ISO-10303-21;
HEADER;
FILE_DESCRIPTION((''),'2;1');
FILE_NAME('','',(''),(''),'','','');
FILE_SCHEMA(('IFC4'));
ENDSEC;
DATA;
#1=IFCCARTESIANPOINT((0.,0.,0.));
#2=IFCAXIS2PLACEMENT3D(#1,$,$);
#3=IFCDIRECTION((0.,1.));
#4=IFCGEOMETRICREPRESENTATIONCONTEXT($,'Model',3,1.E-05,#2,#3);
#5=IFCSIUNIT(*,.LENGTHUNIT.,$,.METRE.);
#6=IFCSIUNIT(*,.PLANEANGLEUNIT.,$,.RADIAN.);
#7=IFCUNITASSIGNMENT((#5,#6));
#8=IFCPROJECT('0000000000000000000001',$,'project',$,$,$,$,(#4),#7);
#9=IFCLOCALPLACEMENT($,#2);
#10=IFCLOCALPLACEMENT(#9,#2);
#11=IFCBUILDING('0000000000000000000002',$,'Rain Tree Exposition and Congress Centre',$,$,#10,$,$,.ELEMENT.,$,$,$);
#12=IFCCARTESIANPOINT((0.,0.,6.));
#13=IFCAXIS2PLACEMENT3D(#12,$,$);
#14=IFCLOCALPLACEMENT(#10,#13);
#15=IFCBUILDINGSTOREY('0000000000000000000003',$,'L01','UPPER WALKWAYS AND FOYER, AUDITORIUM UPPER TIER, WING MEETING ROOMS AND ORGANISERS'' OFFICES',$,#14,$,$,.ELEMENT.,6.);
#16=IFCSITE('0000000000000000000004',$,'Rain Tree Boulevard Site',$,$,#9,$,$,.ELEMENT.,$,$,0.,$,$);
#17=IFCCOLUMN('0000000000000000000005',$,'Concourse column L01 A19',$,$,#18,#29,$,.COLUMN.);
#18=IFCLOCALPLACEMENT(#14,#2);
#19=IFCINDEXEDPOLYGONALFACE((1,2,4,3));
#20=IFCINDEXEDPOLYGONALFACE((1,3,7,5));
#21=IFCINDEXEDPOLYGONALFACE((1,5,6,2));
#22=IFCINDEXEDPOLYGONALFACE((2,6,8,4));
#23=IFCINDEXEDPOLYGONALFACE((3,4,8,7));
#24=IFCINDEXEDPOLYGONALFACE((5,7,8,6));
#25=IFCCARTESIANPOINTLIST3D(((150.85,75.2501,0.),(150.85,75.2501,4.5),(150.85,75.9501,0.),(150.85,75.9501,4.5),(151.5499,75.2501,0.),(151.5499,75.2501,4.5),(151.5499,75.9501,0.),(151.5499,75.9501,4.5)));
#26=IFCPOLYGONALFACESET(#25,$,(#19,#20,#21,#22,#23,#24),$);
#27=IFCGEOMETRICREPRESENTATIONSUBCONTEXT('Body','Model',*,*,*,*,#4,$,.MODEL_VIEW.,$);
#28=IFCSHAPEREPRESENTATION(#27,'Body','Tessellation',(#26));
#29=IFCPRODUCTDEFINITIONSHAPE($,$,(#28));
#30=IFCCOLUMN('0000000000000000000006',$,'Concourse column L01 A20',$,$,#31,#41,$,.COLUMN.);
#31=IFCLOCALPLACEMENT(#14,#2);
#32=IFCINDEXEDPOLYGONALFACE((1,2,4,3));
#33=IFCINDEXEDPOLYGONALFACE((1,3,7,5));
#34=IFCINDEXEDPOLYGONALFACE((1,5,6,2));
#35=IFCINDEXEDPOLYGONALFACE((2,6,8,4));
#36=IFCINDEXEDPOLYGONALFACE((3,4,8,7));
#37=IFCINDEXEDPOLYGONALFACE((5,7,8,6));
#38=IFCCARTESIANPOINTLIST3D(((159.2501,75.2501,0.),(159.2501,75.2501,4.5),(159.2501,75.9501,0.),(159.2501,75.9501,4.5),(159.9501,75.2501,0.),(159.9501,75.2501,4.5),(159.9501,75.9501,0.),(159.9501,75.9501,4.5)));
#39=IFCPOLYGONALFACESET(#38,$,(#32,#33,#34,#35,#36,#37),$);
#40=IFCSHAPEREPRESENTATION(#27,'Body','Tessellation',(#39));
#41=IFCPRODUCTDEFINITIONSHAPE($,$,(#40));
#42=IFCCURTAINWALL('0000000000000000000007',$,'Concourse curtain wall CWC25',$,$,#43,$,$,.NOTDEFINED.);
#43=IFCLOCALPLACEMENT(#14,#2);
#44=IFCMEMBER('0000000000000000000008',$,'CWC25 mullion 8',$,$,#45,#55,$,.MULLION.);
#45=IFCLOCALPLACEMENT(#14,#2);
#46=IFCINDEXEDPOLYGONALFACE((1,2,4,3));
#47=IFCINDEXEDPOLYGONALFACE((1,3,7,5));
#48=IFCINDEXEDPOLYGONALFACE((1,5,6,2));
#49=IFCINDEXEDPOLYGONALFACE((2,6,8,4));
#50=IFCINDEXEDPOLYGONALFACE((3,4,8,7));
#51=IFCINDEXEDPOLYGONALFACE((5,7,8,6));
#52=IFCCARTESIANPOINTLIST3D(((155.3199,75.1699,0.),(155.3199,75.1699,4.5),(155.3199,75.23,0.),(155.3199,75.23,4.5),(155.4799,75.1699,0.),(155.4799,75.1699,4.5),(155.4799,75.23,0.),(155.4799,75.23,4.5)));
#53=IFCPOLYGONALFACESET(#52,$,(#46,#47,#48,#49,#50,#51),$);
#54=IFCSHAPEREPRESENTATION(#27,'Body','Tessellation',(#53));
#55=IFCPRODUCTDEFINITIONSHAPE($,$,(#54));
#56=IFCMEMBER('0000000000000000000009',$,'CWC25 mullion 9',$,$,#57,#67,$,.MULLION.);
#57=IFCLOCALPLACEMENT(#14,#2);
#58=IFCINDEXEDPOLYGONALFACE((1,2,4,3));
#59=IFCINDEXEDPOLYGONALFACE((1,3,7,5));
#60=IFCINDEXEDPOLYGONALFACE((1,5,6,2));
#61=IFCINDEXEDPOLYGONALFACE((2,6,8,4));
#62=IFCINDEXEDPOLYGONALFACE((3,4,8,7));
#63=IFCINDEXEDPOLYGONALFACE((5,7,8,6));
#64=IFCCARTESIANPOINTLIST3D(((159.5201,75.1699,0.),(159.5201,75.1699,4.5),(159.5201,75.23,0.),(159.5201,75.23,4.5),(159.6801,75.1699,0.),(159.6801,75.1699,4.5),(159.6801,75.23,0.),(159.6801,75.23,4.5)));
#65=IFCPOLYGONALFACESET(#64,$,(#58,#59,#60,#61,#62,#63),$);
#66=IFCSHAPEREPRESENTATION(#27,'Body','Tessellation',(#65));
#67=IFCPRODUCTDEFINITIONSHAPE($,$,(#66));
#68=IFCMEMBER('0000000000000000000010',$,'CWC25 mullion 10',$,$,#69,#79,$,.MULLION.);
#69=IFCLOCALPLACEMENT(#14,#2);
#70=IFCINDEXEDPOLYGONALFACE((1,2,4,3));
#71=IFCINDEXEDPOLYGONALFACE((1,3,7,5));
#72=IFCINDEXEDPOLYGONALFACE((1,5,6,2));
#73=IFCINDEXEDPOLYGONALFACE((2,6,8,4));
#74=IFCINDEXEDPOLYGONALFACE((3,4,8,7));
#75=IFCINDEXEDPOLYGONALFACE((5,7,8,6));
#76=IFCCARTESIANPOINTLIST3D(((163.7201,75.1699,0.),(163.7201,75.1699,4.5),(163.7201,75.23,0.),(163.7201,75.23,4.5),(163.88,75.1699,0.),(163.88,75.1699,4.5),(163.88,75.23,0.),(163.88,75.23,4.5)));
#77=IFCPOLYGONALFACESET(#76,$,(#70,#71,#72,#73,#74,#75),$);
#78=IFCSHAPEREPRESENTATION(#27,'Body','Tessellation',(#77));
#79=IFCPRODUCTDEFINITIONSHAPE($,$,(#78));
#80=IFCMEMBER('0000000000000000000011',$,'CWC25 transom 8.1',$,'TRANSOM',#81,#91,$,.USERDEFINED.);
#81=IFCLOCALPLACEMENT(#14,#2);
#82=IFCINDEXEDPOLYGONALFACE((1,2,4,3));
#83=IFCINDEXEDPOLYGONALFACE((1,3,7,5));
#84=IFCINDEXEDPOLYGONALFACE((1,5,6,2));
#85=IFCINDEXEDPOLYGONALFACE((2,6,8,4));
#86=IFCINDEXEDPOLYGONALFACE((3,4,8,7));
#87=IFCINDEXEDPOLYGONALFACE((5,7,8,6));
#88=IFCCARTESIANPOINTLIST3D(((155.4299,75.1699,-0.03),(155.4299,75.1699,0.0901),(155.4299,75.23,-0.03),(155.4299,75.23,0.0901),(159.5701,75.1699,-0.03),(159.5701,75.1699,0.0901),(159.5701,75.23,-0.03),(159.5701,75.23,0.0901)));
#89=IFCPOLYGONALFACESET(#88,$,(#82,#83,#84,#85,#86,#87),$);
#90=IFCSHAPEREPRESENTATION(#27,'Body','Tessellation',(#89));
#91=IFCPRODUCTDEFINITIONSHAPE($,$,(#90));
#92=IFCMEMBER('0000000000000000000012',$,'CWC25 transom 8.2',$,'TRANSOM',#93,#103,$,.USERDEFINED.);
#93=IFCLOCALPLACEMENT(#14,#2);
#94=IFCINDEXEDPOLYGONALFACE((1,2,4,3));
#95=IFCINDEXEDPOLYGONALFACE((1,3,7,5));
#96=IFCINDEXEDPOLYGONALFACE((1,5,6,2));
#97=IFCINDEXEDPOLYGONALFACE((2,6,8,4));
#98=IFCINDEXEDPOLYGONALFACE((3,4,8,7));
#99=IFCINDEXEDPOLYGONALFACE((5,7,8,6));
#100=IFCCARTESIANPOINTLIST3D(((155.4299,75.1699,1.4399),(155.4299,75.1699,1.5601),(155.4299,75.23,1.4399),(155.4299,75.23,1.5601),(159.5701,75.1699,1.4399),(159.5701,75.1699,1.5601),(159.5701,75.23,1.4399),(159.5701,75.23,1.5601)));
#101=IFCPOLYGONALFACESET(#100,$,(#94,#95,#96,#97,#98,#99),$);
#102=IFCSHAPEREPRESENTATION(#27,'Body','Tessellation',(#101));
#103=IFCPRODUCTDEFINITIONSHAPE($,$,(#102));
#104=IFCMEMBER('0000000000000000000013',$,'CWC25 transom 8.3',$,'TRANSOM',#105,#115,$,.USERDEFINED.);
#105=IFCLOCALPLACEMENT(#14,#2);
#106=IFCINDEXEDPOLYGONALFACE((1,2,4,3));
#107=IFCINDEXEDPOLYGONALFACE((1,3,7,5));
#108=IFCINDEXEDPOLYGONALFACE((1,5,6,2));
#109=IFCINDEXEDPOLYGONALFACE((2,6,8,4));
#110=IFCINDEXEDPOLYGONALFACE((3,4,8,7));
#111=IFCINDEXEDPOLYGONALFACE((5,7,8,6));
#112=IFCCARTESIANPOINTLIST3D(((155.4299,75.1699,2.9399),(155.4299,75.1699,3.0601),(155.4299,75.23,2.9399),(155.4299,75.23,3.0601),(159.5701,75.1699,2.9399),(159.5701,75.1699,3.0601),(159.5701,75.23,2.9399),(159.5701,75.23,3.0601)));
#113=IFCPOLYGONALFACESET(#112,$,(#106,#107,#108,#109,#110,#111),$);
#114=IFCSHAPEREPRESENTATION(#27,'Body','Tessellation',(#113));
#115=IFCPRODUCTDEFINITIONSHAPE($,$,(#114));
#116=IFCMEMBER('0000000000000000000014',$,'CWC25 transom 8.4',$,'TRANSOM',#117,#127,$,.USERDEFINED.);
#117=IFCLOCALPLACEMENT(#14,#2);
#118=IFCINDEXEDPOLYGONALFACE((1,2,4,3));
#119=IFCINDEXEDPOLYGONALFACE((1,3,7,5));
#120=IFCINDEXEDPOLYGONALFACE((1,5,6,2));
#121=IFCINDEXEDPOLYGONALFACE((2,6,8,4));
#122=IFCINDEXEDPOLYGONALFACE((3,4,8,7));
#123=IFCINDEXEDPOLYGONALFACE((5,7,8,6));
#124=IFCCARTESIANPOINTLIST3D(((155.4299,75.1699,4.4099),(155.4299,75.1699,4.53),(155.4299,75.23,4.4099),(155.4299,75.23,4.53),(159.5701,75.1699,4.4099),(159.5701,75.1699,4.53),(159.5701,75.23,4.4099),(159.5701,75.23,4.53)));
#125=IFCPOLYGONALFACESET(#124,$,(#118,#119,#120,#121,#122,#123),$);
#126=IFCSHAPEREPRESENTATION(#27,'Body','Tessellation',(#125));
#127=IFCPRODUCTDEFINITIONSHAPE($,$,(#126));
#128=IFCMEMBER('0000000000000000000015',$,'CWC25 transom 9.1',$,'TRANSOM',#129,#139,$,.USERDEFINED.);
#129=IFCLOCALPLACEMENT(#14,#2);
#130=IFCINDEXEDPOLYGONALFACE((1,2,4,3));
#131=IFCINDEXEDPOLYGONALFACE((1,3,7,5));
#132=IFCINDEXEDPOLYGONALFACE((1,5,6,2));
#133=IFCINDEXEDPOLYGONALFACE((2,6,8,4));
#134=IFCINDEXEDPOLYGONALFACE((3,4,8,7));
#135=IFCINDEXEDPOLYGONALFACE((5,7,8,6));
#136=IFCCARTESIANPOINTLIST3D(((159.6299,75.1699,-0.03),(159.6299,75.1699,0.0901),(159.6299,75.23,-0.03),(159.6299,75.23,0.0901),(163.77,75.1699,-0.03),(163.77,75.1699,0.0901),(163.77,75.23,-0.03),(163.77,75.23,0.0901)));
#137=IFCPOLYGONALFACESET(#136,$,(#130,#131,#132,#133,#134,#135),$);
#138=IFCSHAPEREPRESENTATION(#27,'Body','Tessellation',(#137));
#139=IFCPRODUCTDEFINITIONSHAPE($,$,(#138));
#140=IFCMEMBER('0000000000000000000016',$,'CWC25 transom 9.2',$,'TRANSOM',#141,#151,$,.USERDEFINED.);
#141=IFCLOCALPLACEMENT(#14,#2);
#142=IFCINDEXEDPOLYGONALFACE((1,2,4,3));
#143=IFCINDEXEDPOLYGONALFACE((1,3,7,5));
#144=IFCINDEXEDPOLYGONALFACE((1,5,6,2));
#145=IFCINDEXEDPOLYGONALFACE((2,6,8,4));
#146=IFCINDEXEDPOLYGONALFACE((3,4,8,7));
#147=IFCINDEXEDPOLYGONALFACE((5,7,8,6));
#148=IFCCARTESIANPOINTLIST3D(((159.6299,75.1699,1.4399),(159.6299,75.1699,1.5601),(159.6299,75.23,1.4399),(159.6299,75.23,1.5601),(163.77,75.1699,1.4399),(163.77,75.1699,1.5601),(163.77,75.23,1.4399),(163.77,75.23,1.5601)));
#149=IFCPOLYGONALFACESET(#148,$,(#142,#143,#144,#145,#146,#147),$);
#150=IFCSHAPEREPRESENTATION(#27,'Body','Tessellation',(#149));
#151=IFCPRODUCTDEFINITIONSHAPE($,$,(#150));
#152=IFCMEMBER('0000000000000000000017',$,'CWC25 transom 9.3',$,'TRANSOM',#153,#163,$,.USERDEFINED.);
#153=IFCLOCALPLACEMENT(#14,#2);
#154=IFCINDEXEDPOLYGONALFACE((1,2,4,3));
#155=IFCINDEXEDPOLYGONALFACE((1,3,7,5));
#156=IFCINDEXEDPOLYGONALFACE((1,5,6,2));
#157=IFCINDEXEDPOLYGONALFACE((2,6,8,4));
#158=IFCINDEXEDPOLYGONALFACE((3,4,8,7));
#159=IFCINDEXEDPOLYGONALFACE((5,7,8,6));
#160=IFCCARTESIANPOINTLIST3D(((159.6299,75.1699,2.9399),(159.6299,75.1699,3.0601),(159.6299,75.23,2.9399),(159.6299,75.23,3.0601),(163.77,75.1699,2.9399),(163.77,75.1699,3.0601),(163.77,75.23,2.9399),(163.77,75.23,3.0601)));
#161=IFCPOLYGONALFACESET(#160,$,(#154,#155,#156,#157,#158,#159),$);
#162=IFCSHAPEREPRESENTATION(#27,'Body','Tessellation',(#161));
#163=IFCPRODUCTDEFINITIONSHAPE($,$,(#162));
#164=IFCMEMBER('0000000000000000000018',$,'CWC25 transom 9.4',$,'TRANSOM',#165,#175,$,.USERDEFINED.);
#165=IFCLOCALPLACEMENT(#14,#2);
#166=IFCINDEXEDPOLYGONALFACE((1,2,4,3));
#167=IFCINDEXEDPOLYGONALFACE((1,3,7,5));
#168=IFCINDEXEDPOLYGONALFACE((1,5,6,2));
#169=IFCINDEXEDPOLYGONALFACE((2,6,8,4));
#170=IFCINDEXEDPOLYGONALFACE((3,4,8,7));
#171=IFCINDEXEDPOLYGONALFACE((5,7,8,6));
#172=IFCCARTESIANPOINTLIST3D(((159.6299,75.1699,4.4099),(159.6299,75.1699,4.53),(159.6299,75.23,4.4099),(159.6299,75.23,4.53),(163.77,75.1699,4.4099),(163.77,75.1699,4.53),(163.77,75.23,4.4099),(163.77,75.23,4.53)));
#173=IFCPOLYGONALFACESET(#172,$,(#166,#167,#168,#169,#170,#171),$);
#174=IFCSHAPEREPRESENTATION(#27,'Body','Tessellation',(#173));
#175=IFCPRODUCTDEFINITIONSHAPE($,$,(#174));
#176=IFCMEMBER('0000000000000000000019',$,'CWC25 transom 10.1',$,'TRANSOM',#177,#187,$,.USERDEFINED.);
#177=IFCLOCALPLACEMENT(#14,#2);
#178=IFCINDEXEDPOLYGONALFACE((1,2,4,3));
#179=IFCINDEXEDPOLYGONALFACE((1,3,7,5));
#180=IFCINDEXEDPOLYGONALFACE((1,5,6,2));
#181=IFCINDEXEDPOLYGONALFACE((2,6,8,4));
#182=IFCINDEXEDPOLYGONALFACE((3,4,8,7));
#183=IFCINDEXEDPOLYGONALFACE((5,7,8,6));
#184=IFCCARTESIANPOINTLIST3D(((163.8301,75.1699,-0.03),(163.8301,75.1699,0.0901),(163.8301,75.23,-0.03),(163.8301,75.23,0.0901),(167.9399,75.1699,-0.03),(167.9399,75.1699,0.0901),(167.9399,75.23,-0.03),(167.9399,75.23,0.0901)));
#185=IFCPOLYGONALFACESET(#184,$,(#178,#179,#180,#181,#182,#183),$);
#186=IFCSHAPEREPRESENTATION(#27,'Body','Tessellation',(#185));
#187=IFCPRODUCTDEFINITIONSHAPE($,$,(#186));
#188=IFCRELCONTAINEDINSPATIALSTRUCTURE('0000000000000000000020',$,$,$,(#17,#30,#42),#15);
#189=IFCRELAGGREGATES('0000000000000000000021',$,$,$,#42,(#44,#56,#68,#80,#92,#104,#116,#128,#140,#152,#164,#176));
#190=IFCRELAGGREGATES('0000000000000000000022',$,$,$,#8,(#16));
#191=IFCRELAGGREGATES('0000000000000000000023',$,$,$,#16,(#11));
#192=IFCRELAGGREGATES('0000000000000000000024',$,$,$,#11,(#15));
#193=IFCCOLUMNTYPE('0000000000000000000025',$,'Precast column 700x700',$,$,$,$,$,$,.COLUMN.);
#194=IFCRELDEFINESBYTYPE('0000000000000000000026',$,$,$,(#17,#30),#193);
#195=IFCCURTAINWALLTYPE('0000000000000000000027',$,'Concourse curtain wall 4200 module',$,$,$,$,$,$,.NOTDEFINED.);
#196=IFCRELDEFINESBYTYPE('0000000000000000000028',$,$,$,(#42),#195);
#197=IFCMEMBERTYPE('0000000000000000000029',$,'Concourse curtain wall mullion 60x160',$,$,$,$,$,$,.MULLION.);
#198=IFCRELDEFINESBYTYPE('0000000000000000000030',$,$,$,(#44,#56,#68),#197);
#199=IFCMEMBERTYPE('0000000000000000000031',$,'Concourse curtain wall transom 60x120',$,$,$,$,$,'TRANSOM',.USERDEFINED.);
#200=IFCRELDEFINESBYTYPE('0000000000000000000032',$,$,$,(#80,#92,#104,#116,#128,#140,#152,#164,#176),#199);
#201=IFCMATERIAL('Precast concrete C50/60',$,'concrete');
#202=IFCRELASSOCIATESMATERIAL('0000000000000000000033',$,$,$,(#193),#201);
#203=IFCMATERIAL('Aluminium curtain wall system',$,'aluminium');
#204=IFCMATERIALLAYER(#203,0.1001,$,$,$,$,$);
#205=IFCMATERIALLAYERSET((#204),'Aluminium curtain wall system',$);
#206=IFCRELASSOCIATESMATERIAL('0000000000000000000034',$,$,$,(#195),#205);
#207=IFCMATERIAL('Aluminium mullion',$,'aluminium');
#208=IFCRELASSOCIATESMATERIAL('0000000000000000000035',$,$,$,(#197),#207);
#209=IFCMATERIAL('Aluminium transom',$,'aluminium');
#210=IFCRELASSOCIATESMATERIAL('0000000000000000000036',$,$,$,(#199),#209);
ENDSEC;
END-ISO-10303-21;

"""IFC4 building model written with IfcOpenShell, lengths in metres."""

from ifc_helpers import new_model, si_unit, direction, frame, origin, origin_2d, place, context, subcontext, project, spatial, rectangle, extrude, material, layer, layer_set, material_profile, profile_set, type_object, element, aggregate, save


model = new_model("IFC4")

# Units and contexts
model_context = context("Model", 3, precision=1e-05, world=origin(), true_north=direction((0.0, 1.0)))
body_context = subcontext(model_context, "Body", "Model", "MODEL_VIEW")
ifc_project = project(units=[si_unit("LENGTHUNIT", "METRE"), si_unit("PLANEANGLEUNIT", "RADIAN")], contexts=[model_context])

# Site, building, storey
site_placement = place(None, origin())
site = spatial("IfcSite", under=ifc_project, at=site_placement, Name="Rain Tree Boulevard Site", CompositionType="ELEMENT", RefElevation=0.0)
building_placement = place(site_placement, origin())
building = spatial("IfcBuilding", under=site, at=building_placement, Name="Rain Tree Exposition and Congress Centre", CompositionType="ELEMENT")
storey_placement = place(building_placement, frame((0.0, 0.0, 6.0)))
storey = spatial("IfcBuildingStorey", under=building, at=storey_placement, Name="L01", Description="UPPER WALKWAYS AND FOYER, AUDITORIUM UPPER TIER, WING MEETING ROOMS AND ORGANISERS' OFFICES", CompositionType="ELEMENT", Elevation=6.0)

# Columns
ifc_material_1 = material(Name="Precast concrete C50/60", Category="concrete")
ifc_material_profile_1 = material_profile(ifc_material_1, rectangle(XDim=0.7, YDim=0.7, at=origin_2d()), Name="RC 700x700")
ifc_profile_set_1 = profile_set([ifc_material_profile_1], Name="Precast concrete C50/60")
column_type = type_object("IfcColumnType", Name="Precast column 700x700", PredefinedType="COLUMN", material=ifc_profile_set_1)
for number, where, z_axis, x_axis, name in (
    (1, (151.2, 75.6001, 0.0), (0.0, 0.0, 1.0), (1.0, 0.0, 0.0), "Concourse column L01 A19"),
    (2, (159.6001, 75.6001, 0.0), (0.0, 0.0, 1.0), (1.0, 0.0, 0.0), "Concourse column L01 A20"),
):
    element("IfcColumn", number, at=place(storey_placement, frame(where, z_axis=z_axis, x_axis=x_axis)), inside=storey, type_object=column_type, Name=name, PredefinedType="COLUMN", context=body_context, shape_type="SweptSolid", body=[
        extrude(rectangle(XDim=0.7, YDim=0.7, at=origin_2d()), origin(), (0.0, 0.0, 1.0), 4.5),
    ])

# Curtain wall, members
ifc_material_2 = material(Name="Aluminium curtain wall system", Category="aluminium")
ifc_layer_1 = layer(ifc_material_2, 0.1001)
ifc_layer_set_1 = layer_set([ifc_layer_1], Name="Aluminium curtain wall system")
curtain_wall_type = type_object("IfcCurtainWallType", Name="Concourse curtain wall 4200 module", PredefinedType="NOTDEFINED", material=ifc_layer_set_1)
curtain_wall_placement = place(storey_placement, origin())
curtain_wall = element("IfcCurtainWall", 3, at=curtain_wall_placement, inside=storey, type_object=curtain_wall_type, Name="Concourse curtain wall CWC25", PredefinedType="NOTDEFINED")
ifc_material_3 = material(Name="Aluminium mullion", Category="aluminium")
ifc_material_profile_2 = material_profile(ifc_material_3, rectangle(XDim=0.0601, YDim=0.1599, at=origin_2d()), Name="AL 60x160")
ifc_profile_set_2 = profile_set([ifc_material_profile_2], Name="Aluminium mullion")
member_type_1 = type_object("IfcMemberType", Name="Concourse curtain wall mullion 60x160", PredefinedType="MULLION", material=ifc_profile_set_2)
member_1_placement = place(storey_placement, frame((155.3999, 75.2, 0.0), z_axis=(0.0, 0.0, 1.0), x_axis=(0.0, 1.0, 0.0)))
member_1 = element("IfcMember", 4, at=member_1_placement, type_object=member_type_1, Name="CWC25 mullion 8", PredefinedType="MULLION", context=body_context, shape_type="SweptSolid", body=[
    extrude(rectangle(XDim=0.0601, YDim=0.1599, at=origin_2d()), origin(), (0.0, 0.0, 1.0), 4.5),
])
member_2_placement = place(storey_placement, frame((159.6001, 75.2, 0.0), z_axis=(0.0, 0.0, 1.0), x_axis=(0.0, 1.0, 0.0)))
member_2 = element("IfcMember", 5, at=member_2_placement, type_object=member_type_1, Name="CWC25 mullion 9", PredefinedType="MULLION", context=body_context, shape_type="SweptSolid", body=[
    extrude(rectangle(XDim=0.0601, YDim=0.1599, at=origin_2d()), origin(), (0.0, 0.0, 1.0), 4.5),
])
member_3_placement = place(storey_placement, frame((163.8, 75.2, 0.0), z_axis=(0.0, 0.0, 1.0), x_axis=(0.0, 1.0, 0.0)))
member_3 = element("IfcMember", 6, at=member_3_placement, type_object=member_type_1, Name="CWC25 mullion 10", PredefinedType="MULLION", context=body_context, shape_type="SweptSolid", body=[
    extrude(rectangle(XDim=0.0601, YDim=0.1599, at=origin_2d()), origin(), (0.0, 0.0, 1.0), 4.5),
])
ifc_material_4 = material(Name="Aluminium transom", Category="aluminium")
ifc_material_profile_3 = material_profile(ifc_material_4, rectangle(XDim=0.0601, YDim=0.1201, at=origin_2d()), Name="AL 60x120")
ifc_profile_set_3 = profile_set([ifc_material_profile_3], Name="Aluminium transom")
member_type_2 = type_object("IfcMemberType", Name="Concourse curtain wall transom 60x120", ElementType="TRANSOM", PredefinedType="USERDEFINED", material=ifc_profile_set_3)
member_4_placement = place(storey_placement, frame((155.4299, 75.2, 0.03), z_axis=(1.0, 0.0, 0.0), x_axis=(0.0, 1.0, 0.0)))
member_4 = element("IfcMember", 7, at=member_4_placement, type_object=member_type_2, Name="CWC25 transom 8.1", ObjectType="TRANSOM", PredefinedType="USERDEFINED", context=body_context, shape_type="SweptSolid", body=[
    extrude(rectangle(XDim=0.0601, YDim=0.1201, at=origin_2d()), origin(), (0.0, 0.0, 1.0), 4.1401),
])
member_5_placement = place(storey_placement, frame((155.4299, 75.2, 1.5), z_axis=(1.0, 0.0, 0.0), x_axis=(0.0, 1.0, 0.0)))
member_5 = element("IfcMember", 8, at=member_5_placement, type_object=member_type_2, Name="CWC25 transom 8.2", ObjectType="TRANSOM", PredefinedType="USERDEFINED", context=body_context, shape_type="SweptSolid", body=[
    extrude(rectangle(XDim=0.0601, YDim=0.1201, at=origin_2d()), origin(), (0.0, 0.0, 1.0), 4.1401),
])
member_6_placement = place(storey_placement, frame((155.4299, 75.2, 3.0), z_axis=(1.0, 0.0, 0.0), x_axis=(0.0, 1.0, 0.0)))
member_6 = element("IfcMember", 9, at=member_6_placement, type_object=member_type_2, Name="CWC25 transom 8.3", ObjectType="TRANSOM", PredefinedType="USERDEFINED", context=body_context, shape_type="SweptSolid", body=[
    extrude(rectangle(XDim=0.0601, YDim=0.1201, at=origin_2d()), origin(), (0.0, 0.0, 1.0), 4.1401),
])
member_7_placement = place(storey_placement, frame((155.4299, 75.2, 4.47), z_axis=(1.0, 0.0, 0.0), x_axis=(0.0, 1.0, 0.0)))
member_7 = element("IfcMember", 10, at=member_7_placement, type_object=member_type_2, Name="CWC25 transom 8.4", ObjectType="TRANSOM", PredefinedType="USERDEFINED", context=body_context, shape_type="SweptSolid", body=[
    extrude(rectangle(XDim=0.0601, YDim=0.1201, at=origin_2d()), origin(), (0.0, 0.0, 1.0), 4.1401),
])
member_8_placement = place(storey_placement, frame((159.6299, 75.2, 0.03), z_axis=(1.0, 0.0, 0.0), x_axis=(0.0, 1.0, 0.0)))
member_8 = element("IfcMember", 11, at=member_8_placement, type_object=member_type_2, Name="CWC25 transom 9.1", ObjectType="TRANSOM", PredefinedType="USERDEFINED", context=body_context, shape_type="SweptSolid", body=[
    extrude(rectangle(XDim=0.0601, YDim=0.1201, at=origin_2d()), origin(), (0.0, 0.0, 1.0), 4.1401),
])
member_9_placement = place(storey_placement, frame((159.6299, 75.2, 1.5), z_axis=(1.0, 0.0, 0.0), x_axis=(0.0, 1.0, 0.0)))
member_9 = element("IfcMember", 12, at=member_9_placement, type_object=member_type_2, Name="CWC25 transom 9.2", ObjectType="TRANSOM", PredefinedType="USERDEFINED", context=body_context, shape_type="SweptSolid", body=[
    extrude(rectangle(XDim=0.0601, YDim=0.1201, at=origin_2d()), origin(), (0.0, 0.0, 1.0), 4.1401),
])
member_10_placement = place(storey_placement, frame((159.6299, 75.2, 3.0), z_axis=(1.0, 0.0, 0.0), x_axis=(0.0, 1.0, 0.0)))
member_10 = element("IfcMember", 13, at=member_10_placement, type_object=member_type_2, Name="CWC25 transom 9.3", ObjectType="TRANSOM", PredefinedType="USERDEFINED", context=body_context, shape_type="SweptSolid", body=[
    extrude(rectangle(XDim=0.0601, YDim=0.1201, at=origin_2d()), origin(), (0.0, 0.0, 1.0), 4.1401),
])
member_11_placement = place(storey_placement, frame((159.6299, 75.2, 4.47), z_axis=(1.0, 0.0, 0.0), x_axis=(0.0, 1.0, 0.0)))
member_11 = element("IfcMember", 14, at=member_11_placement, type_object=member_type_2, Name="CWC25 transom 9.4", ObjectType="TRANSOM", PredefinedType="USERDEFINED", context=body_context, shape_type="SweptSolid", body=[
    extrude(rectangle(XDim=0.0601, YDim=0.1201, at=origin_2d()), origin(), (0.0, 0.0, 1.0), 4.1401),
])
member_12_placement = place(storey_placement, frame((163.8301, 75.2, 0.03), z_axis=(1.0, 0.0, 0.0), x_axis=(0.0, 1.0, 0.0)))
member_12 = element("IfcMember", 15, at=member_12_placement, type_object=member_type_2, Name="CWC25 transom 10.1", ObjectType="TRANSOM", PredefinedType="USERDEFINED", context=body_context, shape_type="SweptSolid", body=[
    extrude(rectangle(XDim=0.0601, YDim=0.1201, at=origin_2d()), origin(), (0.0, 0.0, 1.0), 4.1099),
])

aggregate(curtain_wall, [member_1, member_2, member_3, member_4, member_5, member_6, member_7, member_8, member_9, member_10, member_11, member_12])

save(model, "model.ifc")
